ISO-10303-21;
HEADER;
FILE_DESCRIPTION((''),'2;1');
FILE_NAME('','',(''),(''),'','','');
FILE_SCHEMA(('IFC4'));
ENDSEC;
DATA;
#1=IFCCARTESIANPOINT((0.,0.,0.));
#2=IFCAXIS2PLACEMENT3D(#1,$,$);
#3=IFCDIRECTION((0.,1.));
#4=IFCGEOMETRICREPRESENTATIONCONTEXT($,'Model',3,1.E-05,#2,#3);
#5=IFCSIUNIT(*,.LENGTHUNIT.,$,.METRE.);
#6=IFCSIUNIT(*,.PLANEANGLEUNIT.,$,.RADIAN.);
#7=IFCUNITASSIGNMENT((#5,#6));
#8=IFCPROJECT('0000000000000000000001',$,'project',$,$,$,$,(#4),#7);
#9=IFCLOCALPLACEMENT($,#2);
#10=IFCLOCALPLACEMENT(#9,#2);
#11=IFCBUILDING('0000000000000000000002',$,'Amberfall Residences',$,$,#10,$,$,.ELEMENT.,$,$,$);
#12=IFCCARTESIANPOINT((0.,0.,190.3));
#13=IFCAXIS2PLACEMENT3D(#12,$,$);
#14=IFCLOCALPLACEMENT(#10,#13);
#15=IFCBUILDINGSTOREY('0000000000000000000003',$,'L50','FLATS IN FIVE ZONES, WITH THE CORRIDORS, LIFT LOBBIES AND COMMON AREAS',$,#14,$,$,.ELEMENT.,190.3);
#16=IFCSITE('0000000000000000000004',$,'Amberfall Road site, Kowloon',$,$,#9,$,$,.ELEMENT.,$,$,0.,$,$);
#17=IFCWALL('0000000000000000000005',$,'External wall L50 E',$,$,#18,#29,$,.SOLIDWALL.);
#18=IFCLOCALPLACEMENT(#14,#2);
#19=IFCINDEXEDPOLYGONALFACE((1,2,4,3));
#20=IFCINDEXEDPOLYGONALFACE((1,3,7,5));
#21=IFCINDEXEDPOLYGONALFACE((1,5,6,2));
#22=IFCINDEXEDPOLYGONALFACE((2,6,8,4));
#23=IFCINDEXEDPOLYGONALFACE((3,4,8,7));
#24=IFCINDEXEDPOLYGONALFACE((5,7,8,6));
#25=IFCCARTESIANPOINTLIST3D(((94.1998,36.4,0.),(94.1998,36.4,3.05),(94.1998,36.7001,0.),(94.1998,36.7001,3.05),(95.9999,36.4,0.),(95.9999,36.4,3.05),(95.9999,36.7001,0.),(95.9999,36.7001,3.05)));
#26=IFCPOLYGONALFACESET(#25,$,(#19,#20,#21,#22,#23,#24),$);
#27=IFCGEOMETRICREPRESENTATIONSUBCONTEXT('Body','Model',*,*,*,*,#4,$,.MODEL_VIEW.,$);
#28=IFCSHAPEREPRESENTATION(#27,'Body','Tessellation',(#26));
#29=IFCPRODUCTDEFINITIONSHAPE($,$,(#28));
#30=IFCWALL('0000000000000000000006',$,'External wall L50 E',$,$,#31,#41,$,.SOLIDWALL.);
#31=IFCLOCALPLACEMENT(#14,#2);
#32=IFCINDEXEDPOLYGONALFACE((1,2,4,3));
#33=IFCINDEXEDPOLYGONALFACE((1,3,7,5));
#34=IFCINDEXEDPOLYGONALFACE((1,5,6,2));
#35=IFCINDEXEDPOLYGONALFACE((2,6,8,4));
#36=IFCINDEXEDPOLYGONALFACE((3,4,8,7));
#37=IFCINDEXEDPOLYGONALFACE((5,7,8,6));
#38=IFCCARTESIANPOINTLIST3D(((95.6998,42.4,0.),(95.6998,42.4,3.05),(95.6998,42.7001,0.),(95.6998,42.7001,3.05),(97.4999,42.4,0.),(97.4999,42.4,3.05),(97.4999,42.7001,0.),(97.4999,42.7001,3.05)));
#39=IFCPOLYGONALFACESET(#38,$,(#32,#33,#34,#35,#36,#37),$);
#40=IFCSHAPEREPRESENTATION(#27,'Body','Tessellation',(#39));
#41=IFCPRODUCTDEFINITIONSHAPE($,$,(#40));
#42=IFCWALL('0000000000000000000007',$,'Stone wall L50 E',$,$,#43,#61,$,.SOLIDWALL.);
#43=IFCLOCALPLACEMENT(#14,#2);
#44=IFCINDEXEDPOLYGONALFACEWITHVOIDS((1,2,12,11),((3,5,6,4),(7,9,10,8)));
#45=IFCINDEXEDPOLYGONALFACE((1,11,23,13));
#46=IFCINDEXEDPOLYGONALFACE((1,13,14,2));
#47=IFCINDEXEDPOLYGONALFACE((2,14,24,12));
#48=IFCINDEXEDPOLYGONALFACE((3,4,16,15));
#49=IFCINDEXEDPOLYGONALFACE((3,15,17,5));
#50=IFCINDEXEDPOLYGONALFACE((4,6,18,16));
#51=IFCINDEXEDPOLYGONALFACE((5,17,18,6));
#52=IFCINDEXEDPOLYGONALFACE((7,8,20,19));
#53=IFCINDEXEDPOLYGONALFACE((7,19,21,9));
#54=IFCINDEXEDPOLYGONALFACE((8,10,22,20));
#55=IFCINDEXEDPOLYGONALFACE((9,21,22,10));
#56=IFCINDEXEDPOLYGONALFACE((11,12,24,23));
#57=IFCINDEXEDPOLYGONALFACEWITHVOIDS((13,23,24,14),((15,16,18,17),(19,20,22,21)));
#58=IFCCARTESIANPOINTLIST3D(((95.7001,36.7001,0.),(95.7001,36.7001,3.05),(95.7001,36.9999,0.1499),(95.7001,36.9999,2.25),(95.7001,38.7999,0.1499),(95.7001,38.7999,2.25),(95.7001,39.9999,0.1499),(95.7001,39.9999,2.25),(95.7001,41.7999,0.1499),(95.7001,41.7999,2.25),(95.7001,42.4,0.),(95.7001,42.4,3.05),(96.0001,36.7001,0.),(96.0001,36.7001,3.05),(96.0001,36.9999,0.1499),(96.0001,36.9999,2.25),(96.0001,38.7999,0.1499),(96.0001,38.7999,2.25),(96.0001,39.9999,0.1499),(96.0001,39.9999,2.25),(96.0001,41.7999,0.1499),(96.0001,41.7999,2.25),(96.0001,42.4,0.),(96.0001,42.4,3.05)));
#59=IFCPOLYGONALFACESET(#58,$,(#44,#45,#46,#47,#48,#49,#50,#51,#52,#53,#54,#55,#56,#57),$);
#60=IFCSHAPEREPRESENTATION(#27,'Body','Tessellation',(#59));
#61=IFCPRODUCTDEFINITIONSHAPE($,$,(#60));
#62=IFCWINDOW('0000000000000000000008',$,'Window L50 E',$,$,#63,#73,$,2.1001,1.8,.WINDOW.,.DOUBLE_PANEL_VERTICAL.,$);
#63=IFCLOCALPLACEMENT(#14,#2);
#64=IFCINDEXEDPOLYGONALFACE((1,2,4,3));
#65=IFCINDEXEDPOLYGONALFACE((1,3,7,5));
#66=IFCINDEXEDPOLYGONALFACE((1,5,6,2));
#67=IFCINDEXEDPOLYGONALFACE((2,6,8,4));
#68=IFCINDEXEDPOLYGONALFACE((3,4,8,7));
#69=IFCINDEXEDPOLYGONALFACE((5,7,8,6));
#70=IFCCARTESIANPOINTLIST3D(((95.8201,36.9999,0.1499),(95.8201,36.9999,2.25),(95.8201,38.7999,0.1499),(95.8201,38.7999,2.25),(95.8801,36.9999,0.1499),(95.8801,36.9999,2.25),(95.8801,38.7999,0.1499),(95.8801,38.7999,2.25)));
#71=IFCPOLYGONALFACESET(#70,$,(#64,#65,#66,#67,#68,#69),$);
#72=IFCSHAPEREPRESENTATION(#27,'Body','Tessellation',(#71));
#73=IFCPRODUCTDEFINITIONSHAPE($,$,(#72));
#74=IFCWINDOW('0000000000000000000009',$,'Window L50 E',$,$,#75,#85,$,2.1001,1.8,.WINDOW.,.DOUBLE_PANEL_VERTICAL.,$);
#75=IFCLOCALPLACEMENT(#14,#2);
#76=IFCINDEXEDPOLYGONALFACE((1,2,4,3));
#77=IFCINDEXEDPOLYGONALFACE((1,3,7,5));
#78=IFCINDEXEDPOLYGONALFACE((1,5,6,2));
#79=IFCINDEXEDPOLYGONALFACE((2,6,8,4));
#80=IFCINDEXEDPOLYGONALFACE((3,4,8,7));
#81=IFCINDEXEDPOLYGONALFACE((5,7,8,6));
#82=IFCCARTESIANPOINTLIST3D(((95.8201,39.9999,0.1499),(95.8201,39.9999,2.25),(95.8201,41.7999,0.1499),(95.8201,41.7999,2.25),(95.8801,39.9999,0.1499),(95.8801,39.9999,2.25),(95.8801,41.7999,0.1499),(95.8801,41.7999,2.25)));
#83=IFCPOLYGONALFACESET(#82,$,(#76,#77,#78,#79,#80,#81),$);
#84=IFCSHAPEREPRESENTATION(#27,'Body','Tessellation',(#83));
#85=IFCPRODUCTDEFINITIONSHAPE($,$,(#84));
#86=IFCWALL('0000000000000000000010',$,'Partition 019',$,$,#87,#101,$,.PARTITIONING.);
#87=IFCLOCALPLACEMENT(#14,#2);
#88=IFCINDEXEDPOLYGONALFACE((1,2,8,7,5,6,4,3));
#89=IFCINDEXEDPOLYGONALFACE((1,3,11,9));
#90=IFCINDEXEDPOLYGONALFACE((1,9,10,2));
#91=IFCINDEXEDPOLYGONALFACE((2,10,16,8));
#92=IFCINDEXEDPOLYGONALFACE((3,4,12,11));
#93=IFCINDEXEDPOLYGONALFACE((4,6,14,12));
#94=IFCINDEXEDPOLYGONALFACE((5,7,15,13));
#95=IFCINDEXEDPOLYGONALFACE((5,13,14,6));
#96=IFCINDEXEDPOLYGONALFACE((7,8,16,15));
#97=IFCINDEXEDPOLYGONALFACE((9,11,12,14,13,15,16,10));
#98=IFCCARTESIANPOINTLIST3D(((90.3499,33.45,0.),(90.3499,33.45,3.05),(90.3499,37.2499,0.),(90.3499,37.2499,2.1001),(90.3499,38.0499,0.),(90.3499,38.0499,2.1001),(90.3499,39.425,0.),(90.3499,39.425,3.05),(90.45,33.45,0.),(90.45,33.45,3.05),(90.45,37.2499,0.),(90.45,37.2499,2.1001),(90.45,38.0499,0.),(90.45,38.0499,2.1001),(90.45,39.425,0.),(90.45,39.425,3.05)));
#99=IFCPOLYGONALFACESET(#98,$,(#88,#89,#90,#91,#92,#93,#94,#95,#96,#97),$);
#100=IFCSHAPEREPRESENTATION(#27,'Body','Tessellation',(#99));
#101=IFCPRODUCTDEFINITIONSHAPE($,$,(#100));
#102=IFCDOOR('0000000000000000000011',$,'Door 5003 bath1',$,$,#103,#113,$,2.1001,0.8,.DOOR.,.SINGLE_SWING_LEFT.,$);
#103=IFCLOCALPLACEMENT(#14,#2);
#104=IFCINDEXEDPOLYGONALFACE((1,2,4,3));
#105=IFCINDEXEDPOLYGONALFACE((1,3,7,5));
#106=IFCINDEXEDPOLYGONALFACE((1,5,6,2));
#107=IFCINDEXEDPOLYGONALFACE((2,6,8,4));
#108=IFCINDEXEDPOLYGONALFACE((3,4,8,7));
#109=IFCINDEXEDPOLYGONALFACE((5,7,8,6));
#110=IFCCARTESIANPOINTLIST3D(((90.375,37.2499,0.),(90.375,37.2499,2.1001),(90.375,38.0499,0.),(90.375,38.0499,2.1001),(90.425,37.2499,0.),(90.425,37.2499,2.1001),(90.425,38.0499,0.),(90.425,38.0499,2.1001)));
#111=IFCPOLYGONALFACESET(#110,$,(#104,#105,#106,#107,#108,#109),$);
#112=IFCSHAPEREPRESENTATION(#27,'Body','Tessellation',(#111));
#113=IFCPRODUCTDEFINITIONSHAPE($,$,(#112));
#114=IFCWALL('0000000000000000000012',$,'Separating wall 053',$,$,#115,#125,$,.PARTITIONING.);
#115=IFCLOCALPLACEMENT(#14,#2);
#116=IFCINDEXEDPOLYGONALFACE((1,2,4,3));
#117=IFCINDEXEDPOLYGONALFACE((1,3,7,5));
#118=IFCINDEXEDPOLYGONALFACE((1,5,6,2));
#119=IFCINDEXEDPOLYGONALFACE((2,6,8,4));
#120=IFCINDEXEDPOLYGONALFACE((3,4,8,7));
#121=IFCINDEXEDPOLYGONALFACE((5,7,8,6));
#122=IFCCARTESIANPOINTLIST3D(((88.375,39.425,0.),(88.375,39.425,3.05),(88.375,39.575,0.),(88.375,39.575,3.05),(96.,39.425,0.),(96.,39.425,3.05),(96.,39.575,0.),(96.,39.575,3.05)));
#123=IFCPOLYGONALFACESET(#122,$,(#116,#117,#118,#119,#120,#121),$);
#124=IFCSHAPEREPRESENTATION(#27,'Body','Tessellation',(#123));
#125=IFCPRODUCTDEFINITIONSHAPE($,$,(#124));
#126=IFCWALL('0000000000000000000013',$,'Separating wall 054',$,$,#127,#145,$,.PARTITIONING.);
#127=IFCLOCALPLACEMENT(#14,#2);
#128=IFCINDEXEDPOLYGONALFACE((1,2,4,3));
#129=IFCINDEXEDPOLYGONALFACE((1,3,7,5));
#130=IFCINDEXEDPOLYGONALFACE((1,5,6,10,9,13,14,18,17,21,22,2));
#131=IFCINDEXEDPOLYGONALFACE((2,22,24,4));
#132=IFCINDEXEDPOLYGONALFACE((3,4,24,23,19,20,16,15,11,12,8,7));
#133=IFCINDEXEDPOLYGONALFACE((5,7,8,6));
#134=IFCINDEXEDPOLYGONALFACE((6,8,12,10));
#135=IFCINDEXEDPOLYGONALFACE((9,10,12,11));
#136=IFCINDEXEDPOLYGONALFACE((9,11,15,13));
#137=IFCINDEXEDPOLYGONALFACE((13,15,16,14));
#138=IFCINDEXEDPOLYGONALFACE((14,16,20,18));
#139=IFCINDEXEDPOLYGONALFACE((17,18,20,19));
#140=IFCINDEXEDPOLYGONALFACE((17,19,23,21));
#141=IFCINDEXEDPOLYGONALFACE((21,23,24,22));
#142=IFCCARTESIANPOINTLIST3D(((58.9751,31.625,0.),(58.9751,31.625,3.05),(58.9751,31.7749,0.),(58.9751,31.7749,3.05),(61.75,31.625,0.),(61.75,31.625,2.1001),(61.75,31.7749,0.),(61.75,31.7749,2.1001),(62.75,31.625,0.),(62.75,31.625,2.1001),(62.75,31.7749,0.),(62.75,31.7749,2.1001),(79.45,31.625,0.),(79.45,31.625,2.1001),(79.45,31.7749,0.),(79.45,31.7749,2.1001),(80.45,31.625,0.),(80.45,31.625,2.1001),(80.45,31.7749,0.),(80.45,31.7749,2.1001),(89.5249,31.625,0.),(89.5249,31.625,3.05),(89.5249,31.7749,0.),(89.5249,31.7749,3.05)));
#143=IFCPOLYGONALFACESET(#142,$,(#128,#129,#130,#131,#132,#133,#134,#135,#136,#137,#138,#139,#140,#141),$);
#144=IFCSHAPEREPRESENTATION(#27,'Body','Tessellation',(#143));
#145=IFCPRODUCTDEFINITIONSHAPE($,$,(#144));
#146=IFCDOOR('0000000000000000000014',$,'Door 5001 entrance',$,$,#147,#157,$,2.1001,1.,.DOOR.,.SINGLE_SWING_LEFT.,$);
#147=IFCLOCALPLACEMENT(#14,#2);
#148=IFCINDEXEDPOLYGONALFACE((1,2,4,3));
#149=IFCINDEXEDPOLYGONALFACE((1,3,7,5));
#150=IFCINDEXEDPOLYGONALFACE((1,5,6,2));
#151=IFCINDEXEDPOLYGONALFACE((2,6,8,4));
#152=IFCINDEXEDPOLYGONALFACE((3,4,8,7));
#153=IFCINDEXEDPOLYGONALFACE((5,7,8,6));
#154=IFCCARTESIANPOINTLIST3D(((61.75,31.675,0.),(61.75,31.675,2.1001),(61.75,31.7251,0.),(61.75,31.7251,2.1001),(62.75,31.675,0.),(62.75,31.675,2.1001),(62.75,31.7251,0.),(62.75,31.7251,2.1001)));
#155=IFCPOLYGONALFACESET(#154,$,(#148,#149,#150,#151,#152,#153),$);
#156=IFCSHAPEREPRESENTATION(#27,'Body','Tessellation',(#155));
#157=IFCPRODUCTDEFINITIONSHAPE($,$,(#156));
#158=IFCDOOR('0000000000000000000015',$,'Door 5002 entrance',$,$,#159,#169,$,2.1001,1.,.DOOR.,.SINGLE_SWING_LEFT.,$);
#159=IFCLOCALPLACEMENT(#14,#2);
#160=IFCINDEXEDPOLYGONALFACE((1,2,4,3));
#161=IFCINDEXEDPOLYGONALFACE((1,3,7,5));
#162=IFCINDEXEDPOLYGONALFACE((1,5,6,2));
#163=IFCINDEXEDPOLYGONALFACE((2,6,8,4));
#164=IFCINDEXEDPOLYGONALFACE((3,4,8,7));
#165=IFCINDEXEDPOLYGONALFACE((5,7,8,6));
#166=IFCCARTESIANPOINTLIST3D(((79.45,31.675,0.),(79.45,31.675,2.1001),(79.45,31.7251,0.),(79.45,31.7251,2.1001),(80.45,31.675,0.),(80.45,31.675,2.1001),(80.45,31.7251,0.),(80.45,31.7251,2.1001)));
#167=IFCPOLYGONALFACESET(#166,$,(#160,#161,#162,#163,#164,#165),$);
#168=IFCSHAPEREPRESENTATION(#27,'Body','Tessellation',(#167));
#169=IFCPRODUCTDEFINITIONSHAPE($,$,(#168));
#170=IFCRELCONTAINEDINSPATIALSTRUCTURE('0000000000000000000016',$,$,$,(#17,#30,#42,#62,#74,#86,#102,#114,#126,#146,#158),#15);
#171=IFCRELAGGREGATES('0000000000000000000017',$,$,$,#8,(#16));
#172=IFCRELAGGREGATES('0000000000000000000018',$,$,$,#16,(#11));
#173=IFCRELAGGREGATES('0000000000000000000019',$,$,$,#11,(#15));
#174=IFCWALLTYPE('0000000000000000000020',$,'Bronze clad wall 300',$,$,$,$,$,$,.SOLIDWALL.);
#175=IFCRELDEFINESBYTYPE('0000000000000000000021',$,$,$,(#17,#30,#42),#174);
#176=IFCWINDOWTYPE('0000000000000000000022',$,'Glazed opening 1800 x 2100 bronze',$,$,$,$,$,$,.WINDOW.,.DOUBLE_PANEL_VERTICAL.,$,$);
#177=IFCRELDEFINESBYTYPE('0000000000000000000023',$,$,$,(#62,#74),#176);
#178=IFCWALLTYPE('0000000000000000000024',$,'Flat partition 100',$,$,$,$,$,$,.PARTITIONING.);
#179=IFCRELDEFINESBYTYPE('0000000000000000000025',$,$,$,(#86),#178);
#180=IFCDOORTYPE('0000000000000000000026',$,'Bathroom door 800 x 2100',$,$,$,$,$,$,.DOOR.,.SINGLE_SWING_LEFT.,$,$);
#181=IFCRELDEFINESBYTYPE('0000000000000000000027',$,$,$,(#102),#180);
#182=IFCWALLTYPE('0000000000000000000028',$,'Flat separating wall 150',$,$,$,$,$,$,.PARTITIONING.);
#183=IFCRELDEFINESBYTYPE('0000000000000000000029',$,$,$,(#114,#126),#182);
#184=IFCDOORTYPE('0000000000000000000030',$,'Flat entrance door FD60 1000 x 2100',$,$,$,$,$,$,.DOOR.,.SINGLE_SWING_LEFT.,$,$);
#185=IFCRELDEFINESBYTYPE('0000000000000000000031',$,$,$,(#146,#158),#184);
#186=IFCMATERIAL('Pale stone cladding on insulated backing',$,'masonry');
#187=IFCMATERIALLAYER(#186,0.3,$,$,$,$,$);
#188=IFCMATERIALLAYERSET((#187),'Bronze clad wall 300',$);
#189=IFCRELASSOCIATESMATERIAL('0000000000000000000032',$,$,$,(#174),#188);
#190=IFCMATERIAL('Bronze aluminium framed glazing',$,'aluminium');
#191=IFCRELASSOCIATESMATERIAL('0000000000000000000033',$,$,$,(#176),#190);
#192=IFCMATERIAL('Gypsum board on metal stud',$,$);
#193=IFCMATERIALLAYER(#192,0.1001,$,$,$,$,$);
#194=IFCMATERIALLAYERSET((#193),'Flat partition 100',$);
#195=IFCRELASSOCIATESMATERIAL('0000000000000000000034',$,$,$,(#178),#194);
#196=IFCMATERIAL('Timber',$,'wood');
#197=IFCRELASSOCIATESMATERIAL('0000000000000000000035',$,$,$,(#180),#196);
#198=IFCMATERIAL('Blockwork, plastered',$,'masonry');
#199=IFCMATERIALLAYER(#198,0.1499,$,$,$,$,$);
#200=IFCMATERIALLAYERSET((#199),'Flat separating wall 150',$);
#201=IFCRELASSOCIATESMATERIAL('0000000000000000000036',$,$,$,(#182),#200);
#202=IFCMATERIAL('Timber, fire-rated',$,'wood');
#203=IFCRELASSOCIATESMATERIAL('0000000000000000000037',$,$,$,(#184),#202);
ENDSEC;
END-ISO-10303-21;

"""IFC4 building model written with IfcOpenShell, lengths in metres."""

from ifc_helpers import new_model, si_unit, direction, frame, frame_2d, origin, place, context, subcontext, project, spatial, rectangle, extrude, material, layer, layer_set, type_object, element, fill, save


model = new_model("IFC4")

# Units and contexts
model_context = context("Model", 3, precision=1e-05, world=origin(), true_north=direction((0.0, 1.0)))
body_context = subcontext(model_context, "Body", "Model", "MODEL_VIEW")
ifc_project = project(units=[si_unit("LENGTHUNIT", "METRE"), si_unit("PLANEANGLEUNIT", "RADIAN")], contexts=[model_context])

# Site, building, storey
site_placement = place(None, origin())
site = spatial("IfcSite", under=ifc_project, at=site_placement, Name="Amberfall Road site, Kowloon", CompositionType="ELEMENT", RefElevation=0.0)
building_placement = place(site_placement, origin())
building = spatial("IfcBuilding", under=site, at=building_placement, Name="Amberfall Residences", CompositionType="ELEMENT")
storey_placement = place(building_placement, frame((0.0, 0.0, 190.3)))
storey = spatial("IfcBuildingStorey", under=building, at=storey_placement, Name="L50", Description="FLATS IN FIVE ZONES, WITH THE CORRIDORS, LIFT LOBBIES AND COMMON AREAS", CompositionType="ELEMENT", Elevation=190.3)

# Walls
ifc_material_1 = material(Name="Pale stone cladding on insulated backing", Category="masonry")
ifc_layer_1 = layer(ifc_material_1, 0.3)
ifc_layer_set_1 = layer_set([ifc_layer_1], Name="Bronze clad wall 300")
wall_type_1 = type_object("IfcWallType", Name="Bronze clad wall 300", PredefinedType="SOLIDWALL", material=ifc_layer_set_1)
for number, where, z_axis, x_axis, name in (
    (1, (94.2, 36.55, 0.0), (0.0, 0.0, 1.0), (1.0, 0.0, 0.0), "External wall L50 E"),
    (2, (95.7, 42.55, 0.0), (0.0, 0.0, 1.0), (1.0, 0.0, 0.0), "External wall L50 E"),
):
    element("IfcWall", number, at=place(storey_placement, frame(where, z_axis=z_axis, x_axis=x_axis)), inside=storey, type_object=wall_type_1, Name=name, PredefinedType="SOLIDWALL", context=body_context, shape_type="SweptSolid", body=[
        extrude(rectangle(XDim=1.8, YDim=0.3, at=frame_2d((0.8999, 0.0))), origin(), (0.0, 0.0, 1.0), 3.05),
    ])

# Wall, openings, windows
wall_1_placement = place(storey_placement, frame((95.8501, 36.7, 0.0), z_axis=(0.0, 0.0, 1.0), x_axis=(0.0, 1.0, 0.0)))
wall_1 = element("IfcWall", 3, at=wall_1_placement, inside=storey, type_object=wall_type_1, Name="Stone wall L50 E", PredefinedType="SOLIDWALL", context=body_context, shape_type="SweptSolid", body=[
    extrude(rectangle(XDim=5.7, YDim=0.3, at=frame_2d((2.8501, 0.0))), origin(), (0.0, 0.0, 1.0), 3.05),
])
opening_1_placement = place(wall_1_placement, frame((0.3, 0.0, 0.1499)))
opening_1 = element("IfcOpeningElement", 4, at=opening_1_placement, cuts=wall_1, PredefinedType="OPENING", context=body_context, shape_type="SweptSolid", body=[
    extrude(rectangle(XDim=1.8, YDim=2.1001, at=frame_2d((0.8999, 1.05))), frame((0.0, 0.1599, 0.0), z_axis=(0.0, -1.0, 0.0), x_axis=(1.0, 0.0, 0.0)), (0.0, 0.0, 1.0), 0.3201),
])
opening_2_placement = place(wall_1_placement, frame((3.3, 0.0, 0.1499)))
opening_2 = element("IfcOpeningElement", 5, at=opening_2_placement, cuts=wall_1, PredefinedType="OPENING", context=body_context, shape_type="SweptSolid", body=[
    extrude(rectangle(XDim=1.8, YDim=2.1001, at=frame_2d((0.8999, 1.05))), frame((0.0, 0.1599, 0.0), z_axis=(0.0, -1.0, 0.0), x_axis=(1.0, 0.0, 0.0)), (0.0, 0.0, 1.0), 0.3201),
])
ifc_material_2 = material(Name="Bronze aluminium framed glazing", Category="aluminium")
window_type = type_object("IfcWindowType", Name="Glazed opening 1800 x 2100 bronze", PartitioningType="DOUBLE_PANEL_VERTICAL", PredefinedType="WINDOW", material=ifc_material_2)
window_1_placement = place(opening_1_placement, origin())
window_1 = element("IfcWindow", 6, at=window_1_placement, inside=storey, type_object=window_type, Name="Window L50 E", OverallHeight=2.1001, OverallWidth=1.8, PartitioningType="DOUBLE_PANEL_VERTICAL", PredefinedType="WINDOW", context=body_context, shape_type="SweptSolid", body=[
    extrude(rectangle(XDim=1.8, YDim=2.1001, at=frame_2d((0.8999, 1.05))), frame((0.0, 0.03, 0.0), z_axis=(0.0, -1.0, 0.0), x_axis=(1.0, 0.0, 0.0)), (0.0, 0.0, 1.0), 0.0601),
])
fill(opening_1, window_1)
window_2_placement = place(opening_2_placement, origin())
window_2 = element("IfcWindow", 7, at=window_2_placement, inside=storey, type_object=window_type, Name="Window L50 E", OverallHeight=2.1001, OverallWidth=1.8, PartitioningType="DOUBLE_PANEL_VERTICAL", PredefinedType="WINDOW", context=body_context, shape_type="SweptSolid", body=[
    extrude(rectangle(XDim=1.8, YDim=2.1001, at=frame_2d((0.8999, 1.05))), frame((0.0, 0.03, 0.0), z_axis=(0.0, -1.0, 0.0), x_axis=(1.0, 0.0, 0.0)), (0.0, 0.0, 1.0), 0.0601),
])
fill(opening_2, window_2)

# Wall, opening, door
ifc_material_3 = material(Name="Gypsum board on metal stud")
ifc_layer_2 = layer(ifc_material_3, 0.1001)
ifc_layer_set_2 = layer_set([ifc_layer_2], Name="Flat partition 100")
wall_type_2 = type_object("IfcWallType", Name="Flat partition 100", PredefinedType="PARTITIONING", material=ifc_layer_set_2)
wall_2_placement = place(storey_placement, frame((90.3999, 33.45, 0.0), z_axis=(0.0, 0.0, 1.0), x_axis=(0.0, 1.0, 0.0)))
wall_2 = element("IfcWall", 8, at=wall_2_placement, inside=storey, type_object=wall_type_2, Name="Partition 019", PredefinedType="PARTITIONING", context=body_context, shape_type="SweptSolid", body=[
    extrude(rectangle(XDim=5.9751, YDim=0.1001, at=frame_2d((2.9875, 0.0))), origin(), (0.0, 0.0, 1.0), 3.05),
])
opening_3_placement = place(wall_2_placement, frame((3.8, 0.0, 0.0)))
opening_3 = element("IfcOpeningElement", 9, at=opening_3_placement, cuts=wall_2, PredefinedType="OPENING", context=body_context, shape_type="SweptSolid", body=[
    extrude(rectangle(XDim=0.8, YDim=2.1001, at=frame_2d((0.3999, 1.05))), frame((0.0, 0.0601, 0.0), z_axis=(0.0, -1.0, 0.0), x_axis=(1.0, 0.0, 0.0)), (0.0, 0.0, 1.0), 0.1201),
])
ifc_material_4 = material(Name="Timber", Category="wood")
door_type_1 = type_object("IfcDoorType", Name="Bathroom door 800 x 2100", OperationType="SINGLE_SWING_LEFT", PredefinedType="DOOR", material=ifc_material_4)
door_1_placement = place(opening_3_placement, origin())
door_1 = element("IfcDoor", 10, at=door_1_placement, inside=storey, type_object=door_type_1, Name="Door 5003 bath1", OperationType="SINGLE_SWING_LEFT", OverallHeight=2.1001, OverallWidth=0.8, PredefinedType="DOOR", context=body_context, shape_type="SweptSolid", body=[
    extrude(rectangle(XDim=0.8, YDim=2.1001, at=frame_2d((0.3999, 1.05))), frame((0.0, 0.0249, 0.0), z_axis=(0.0, -1.0, 0.0), x_axis=(1.0, 0.0, 0.0)), (0.0, 0.0, 1.0), 0.05),
])
fill(opening_3, door_1)

# Wall
ifc_material_5 = material(Name="Blockwork, plastered", Category="masonry")
ifc_layer_3 = layer(ifc_material_5, 0.1499)
ifc_layer_set_3 = layer_set([ifc_layer_3], Name="Flat separating wall 150")
wall_type_3 = type_object("IfcWallType", Name="Flat separating wall 150", PredefinedType="PARTITIONING", material=ifc_layer_set_3)
wall_3_placement = place(storey_placement, frame((88.375, 39.5, 0.0), z_axis=(0.0, 0.0, 1.0), x_axis=(1.0, 0.0, 0.0)))
element("IfcWall", 11, at=wall_3_placement, inside=storey, type_object=wall_type_3, Name="Separating wall 053", PredefinedType="PARTITIONING", context=body_context, shape_type="SweptSolid", body=[
    extrude(rectangle(XDim=7.625, YDim=0.1499, at=frame_2d((3.8125, 0.0))), origin(), (0.0, 0.0, 1.0), 3.05),
])

# Wall, openings, doors
wall_4_placement = place(storey_placement, frame((89.5249, 31.7, 0.0), z_axis=(0.0, 0.0, 1.0), x_axis=(-1.0, 0.0, 0.0)))
wall_4 = element("IfcWall", 12, at=wall_4_placement, inside=storey, type_object=wall_type_3, Name="Separating wall 054", PredefinedType="PARTITIONING", context=body_context, shape_type="SweptSolid", body=[
    extrude(rectangle(XDim=30.5498, YDim=0.1499, at=frame_2d((15.2749, 0.0))), origin(), (0.0, 0.0, 1.0), 3.05),
])
opening_4_placement = place(wall_4_placement, frame((26.7749, 0.0, 0.0)))
opening_4 = element("IfcOpeningElement", 13, at=opening_4_placement, cuts=wall_4, PredefinedType="OPENING", context=body_context, shape_type="SweptSolid", body=[
    extrude(rectangle(XDim=1.0, YDim=2.1001, at=frame_2d((0.5, 1.05))), frame((0.0, 0.085, 0.0), z_axis=(0.0, -1.0, 0.0), x_axis=(1.0, 0.0, 0.0)), (0.0, 0.0, 1.0), 0.1699),
])
opening_5_placement = place(wall_4_placement, frame((9.075, 0.0, 0.0)))
opening_5 = element("IfcOpeningElement", 14, at=opening_5_placement, cuts=wall_4, PredefinedType="OPENING", context=body_context, shape_type="SweptSolid", body=[
    extrude(rectangle(XDim=1.0, YDim=2.1001, at=frame_2d((0.5, 1.05))), frame((0.0, 0.085, 0.0), z_axis=(0.0, -1.0, 0.0), x_axis=(1.0, 0.0, 0.0)), (0.0, 0.0, 1.0), 0.1699),
])
ifc_material_6 = material(Name="Timber, fire-rated", Category="wood")
door_type_2 = type_object("IfcDoorType", Name="Flat entrance door FD60 1000 x 2100", OperationType="SINGLE_SWING_LEFT", PredefinedType="DOOR", material=ifc_material_6)
door_2_placement = place(opening_4_placement, origin())
door_2 = element("IfcDoor", 15, at=door_2_placement, inside=storey, type_object=door_type_2, Name="Door 5001 entrance", OperationType="SINGLE_SWING_LEFT", OverallHeight=2.1001, OverallWidth=1.0, PredefinedType="DOOR", context=body_context, shape_type="SweptSolid", body=[
    extrude(rectangle(XDim=1.0, YDim=2.1001, at=frame_2d((0.5, 1.05))), frame((0.0, 0.0249, 0.0), z_axis=(0.0, -1.0, 0.0), x_axis=(1.0, 0.0, 0.0)), (0.0, 0.0, 1.0), 0.05),
])
fill(opening_4, door_2)
door_3_placement = place(opening_5_placement, origin())
door_3 = element("IfcDoor", 16, at=door_3_placement, inside=storey, type_object=door_type_2, Name="Door 5002 entrance", OperationType="SINGLE_SWING_LEFT", OverallHeight=2.1001, OverallWidth=1.0, PredefinedType="DOOR", context=body_context, shape_type="SweptSolid", body=[
    extrude(rectangle(XDim=1.0, YDim=2.1001, at=frame_2d((0.5, 1.05))), frame((0.0, 0.0249, 0.0), z_axis=(0.0, -1.0, 0.0), x_axis=(1.0, 0.0, 0.0)), (0.0, 0.0, 1.0), 0.05),
])
fill(opening_5, door_3)

save(model, "model.ifc")
